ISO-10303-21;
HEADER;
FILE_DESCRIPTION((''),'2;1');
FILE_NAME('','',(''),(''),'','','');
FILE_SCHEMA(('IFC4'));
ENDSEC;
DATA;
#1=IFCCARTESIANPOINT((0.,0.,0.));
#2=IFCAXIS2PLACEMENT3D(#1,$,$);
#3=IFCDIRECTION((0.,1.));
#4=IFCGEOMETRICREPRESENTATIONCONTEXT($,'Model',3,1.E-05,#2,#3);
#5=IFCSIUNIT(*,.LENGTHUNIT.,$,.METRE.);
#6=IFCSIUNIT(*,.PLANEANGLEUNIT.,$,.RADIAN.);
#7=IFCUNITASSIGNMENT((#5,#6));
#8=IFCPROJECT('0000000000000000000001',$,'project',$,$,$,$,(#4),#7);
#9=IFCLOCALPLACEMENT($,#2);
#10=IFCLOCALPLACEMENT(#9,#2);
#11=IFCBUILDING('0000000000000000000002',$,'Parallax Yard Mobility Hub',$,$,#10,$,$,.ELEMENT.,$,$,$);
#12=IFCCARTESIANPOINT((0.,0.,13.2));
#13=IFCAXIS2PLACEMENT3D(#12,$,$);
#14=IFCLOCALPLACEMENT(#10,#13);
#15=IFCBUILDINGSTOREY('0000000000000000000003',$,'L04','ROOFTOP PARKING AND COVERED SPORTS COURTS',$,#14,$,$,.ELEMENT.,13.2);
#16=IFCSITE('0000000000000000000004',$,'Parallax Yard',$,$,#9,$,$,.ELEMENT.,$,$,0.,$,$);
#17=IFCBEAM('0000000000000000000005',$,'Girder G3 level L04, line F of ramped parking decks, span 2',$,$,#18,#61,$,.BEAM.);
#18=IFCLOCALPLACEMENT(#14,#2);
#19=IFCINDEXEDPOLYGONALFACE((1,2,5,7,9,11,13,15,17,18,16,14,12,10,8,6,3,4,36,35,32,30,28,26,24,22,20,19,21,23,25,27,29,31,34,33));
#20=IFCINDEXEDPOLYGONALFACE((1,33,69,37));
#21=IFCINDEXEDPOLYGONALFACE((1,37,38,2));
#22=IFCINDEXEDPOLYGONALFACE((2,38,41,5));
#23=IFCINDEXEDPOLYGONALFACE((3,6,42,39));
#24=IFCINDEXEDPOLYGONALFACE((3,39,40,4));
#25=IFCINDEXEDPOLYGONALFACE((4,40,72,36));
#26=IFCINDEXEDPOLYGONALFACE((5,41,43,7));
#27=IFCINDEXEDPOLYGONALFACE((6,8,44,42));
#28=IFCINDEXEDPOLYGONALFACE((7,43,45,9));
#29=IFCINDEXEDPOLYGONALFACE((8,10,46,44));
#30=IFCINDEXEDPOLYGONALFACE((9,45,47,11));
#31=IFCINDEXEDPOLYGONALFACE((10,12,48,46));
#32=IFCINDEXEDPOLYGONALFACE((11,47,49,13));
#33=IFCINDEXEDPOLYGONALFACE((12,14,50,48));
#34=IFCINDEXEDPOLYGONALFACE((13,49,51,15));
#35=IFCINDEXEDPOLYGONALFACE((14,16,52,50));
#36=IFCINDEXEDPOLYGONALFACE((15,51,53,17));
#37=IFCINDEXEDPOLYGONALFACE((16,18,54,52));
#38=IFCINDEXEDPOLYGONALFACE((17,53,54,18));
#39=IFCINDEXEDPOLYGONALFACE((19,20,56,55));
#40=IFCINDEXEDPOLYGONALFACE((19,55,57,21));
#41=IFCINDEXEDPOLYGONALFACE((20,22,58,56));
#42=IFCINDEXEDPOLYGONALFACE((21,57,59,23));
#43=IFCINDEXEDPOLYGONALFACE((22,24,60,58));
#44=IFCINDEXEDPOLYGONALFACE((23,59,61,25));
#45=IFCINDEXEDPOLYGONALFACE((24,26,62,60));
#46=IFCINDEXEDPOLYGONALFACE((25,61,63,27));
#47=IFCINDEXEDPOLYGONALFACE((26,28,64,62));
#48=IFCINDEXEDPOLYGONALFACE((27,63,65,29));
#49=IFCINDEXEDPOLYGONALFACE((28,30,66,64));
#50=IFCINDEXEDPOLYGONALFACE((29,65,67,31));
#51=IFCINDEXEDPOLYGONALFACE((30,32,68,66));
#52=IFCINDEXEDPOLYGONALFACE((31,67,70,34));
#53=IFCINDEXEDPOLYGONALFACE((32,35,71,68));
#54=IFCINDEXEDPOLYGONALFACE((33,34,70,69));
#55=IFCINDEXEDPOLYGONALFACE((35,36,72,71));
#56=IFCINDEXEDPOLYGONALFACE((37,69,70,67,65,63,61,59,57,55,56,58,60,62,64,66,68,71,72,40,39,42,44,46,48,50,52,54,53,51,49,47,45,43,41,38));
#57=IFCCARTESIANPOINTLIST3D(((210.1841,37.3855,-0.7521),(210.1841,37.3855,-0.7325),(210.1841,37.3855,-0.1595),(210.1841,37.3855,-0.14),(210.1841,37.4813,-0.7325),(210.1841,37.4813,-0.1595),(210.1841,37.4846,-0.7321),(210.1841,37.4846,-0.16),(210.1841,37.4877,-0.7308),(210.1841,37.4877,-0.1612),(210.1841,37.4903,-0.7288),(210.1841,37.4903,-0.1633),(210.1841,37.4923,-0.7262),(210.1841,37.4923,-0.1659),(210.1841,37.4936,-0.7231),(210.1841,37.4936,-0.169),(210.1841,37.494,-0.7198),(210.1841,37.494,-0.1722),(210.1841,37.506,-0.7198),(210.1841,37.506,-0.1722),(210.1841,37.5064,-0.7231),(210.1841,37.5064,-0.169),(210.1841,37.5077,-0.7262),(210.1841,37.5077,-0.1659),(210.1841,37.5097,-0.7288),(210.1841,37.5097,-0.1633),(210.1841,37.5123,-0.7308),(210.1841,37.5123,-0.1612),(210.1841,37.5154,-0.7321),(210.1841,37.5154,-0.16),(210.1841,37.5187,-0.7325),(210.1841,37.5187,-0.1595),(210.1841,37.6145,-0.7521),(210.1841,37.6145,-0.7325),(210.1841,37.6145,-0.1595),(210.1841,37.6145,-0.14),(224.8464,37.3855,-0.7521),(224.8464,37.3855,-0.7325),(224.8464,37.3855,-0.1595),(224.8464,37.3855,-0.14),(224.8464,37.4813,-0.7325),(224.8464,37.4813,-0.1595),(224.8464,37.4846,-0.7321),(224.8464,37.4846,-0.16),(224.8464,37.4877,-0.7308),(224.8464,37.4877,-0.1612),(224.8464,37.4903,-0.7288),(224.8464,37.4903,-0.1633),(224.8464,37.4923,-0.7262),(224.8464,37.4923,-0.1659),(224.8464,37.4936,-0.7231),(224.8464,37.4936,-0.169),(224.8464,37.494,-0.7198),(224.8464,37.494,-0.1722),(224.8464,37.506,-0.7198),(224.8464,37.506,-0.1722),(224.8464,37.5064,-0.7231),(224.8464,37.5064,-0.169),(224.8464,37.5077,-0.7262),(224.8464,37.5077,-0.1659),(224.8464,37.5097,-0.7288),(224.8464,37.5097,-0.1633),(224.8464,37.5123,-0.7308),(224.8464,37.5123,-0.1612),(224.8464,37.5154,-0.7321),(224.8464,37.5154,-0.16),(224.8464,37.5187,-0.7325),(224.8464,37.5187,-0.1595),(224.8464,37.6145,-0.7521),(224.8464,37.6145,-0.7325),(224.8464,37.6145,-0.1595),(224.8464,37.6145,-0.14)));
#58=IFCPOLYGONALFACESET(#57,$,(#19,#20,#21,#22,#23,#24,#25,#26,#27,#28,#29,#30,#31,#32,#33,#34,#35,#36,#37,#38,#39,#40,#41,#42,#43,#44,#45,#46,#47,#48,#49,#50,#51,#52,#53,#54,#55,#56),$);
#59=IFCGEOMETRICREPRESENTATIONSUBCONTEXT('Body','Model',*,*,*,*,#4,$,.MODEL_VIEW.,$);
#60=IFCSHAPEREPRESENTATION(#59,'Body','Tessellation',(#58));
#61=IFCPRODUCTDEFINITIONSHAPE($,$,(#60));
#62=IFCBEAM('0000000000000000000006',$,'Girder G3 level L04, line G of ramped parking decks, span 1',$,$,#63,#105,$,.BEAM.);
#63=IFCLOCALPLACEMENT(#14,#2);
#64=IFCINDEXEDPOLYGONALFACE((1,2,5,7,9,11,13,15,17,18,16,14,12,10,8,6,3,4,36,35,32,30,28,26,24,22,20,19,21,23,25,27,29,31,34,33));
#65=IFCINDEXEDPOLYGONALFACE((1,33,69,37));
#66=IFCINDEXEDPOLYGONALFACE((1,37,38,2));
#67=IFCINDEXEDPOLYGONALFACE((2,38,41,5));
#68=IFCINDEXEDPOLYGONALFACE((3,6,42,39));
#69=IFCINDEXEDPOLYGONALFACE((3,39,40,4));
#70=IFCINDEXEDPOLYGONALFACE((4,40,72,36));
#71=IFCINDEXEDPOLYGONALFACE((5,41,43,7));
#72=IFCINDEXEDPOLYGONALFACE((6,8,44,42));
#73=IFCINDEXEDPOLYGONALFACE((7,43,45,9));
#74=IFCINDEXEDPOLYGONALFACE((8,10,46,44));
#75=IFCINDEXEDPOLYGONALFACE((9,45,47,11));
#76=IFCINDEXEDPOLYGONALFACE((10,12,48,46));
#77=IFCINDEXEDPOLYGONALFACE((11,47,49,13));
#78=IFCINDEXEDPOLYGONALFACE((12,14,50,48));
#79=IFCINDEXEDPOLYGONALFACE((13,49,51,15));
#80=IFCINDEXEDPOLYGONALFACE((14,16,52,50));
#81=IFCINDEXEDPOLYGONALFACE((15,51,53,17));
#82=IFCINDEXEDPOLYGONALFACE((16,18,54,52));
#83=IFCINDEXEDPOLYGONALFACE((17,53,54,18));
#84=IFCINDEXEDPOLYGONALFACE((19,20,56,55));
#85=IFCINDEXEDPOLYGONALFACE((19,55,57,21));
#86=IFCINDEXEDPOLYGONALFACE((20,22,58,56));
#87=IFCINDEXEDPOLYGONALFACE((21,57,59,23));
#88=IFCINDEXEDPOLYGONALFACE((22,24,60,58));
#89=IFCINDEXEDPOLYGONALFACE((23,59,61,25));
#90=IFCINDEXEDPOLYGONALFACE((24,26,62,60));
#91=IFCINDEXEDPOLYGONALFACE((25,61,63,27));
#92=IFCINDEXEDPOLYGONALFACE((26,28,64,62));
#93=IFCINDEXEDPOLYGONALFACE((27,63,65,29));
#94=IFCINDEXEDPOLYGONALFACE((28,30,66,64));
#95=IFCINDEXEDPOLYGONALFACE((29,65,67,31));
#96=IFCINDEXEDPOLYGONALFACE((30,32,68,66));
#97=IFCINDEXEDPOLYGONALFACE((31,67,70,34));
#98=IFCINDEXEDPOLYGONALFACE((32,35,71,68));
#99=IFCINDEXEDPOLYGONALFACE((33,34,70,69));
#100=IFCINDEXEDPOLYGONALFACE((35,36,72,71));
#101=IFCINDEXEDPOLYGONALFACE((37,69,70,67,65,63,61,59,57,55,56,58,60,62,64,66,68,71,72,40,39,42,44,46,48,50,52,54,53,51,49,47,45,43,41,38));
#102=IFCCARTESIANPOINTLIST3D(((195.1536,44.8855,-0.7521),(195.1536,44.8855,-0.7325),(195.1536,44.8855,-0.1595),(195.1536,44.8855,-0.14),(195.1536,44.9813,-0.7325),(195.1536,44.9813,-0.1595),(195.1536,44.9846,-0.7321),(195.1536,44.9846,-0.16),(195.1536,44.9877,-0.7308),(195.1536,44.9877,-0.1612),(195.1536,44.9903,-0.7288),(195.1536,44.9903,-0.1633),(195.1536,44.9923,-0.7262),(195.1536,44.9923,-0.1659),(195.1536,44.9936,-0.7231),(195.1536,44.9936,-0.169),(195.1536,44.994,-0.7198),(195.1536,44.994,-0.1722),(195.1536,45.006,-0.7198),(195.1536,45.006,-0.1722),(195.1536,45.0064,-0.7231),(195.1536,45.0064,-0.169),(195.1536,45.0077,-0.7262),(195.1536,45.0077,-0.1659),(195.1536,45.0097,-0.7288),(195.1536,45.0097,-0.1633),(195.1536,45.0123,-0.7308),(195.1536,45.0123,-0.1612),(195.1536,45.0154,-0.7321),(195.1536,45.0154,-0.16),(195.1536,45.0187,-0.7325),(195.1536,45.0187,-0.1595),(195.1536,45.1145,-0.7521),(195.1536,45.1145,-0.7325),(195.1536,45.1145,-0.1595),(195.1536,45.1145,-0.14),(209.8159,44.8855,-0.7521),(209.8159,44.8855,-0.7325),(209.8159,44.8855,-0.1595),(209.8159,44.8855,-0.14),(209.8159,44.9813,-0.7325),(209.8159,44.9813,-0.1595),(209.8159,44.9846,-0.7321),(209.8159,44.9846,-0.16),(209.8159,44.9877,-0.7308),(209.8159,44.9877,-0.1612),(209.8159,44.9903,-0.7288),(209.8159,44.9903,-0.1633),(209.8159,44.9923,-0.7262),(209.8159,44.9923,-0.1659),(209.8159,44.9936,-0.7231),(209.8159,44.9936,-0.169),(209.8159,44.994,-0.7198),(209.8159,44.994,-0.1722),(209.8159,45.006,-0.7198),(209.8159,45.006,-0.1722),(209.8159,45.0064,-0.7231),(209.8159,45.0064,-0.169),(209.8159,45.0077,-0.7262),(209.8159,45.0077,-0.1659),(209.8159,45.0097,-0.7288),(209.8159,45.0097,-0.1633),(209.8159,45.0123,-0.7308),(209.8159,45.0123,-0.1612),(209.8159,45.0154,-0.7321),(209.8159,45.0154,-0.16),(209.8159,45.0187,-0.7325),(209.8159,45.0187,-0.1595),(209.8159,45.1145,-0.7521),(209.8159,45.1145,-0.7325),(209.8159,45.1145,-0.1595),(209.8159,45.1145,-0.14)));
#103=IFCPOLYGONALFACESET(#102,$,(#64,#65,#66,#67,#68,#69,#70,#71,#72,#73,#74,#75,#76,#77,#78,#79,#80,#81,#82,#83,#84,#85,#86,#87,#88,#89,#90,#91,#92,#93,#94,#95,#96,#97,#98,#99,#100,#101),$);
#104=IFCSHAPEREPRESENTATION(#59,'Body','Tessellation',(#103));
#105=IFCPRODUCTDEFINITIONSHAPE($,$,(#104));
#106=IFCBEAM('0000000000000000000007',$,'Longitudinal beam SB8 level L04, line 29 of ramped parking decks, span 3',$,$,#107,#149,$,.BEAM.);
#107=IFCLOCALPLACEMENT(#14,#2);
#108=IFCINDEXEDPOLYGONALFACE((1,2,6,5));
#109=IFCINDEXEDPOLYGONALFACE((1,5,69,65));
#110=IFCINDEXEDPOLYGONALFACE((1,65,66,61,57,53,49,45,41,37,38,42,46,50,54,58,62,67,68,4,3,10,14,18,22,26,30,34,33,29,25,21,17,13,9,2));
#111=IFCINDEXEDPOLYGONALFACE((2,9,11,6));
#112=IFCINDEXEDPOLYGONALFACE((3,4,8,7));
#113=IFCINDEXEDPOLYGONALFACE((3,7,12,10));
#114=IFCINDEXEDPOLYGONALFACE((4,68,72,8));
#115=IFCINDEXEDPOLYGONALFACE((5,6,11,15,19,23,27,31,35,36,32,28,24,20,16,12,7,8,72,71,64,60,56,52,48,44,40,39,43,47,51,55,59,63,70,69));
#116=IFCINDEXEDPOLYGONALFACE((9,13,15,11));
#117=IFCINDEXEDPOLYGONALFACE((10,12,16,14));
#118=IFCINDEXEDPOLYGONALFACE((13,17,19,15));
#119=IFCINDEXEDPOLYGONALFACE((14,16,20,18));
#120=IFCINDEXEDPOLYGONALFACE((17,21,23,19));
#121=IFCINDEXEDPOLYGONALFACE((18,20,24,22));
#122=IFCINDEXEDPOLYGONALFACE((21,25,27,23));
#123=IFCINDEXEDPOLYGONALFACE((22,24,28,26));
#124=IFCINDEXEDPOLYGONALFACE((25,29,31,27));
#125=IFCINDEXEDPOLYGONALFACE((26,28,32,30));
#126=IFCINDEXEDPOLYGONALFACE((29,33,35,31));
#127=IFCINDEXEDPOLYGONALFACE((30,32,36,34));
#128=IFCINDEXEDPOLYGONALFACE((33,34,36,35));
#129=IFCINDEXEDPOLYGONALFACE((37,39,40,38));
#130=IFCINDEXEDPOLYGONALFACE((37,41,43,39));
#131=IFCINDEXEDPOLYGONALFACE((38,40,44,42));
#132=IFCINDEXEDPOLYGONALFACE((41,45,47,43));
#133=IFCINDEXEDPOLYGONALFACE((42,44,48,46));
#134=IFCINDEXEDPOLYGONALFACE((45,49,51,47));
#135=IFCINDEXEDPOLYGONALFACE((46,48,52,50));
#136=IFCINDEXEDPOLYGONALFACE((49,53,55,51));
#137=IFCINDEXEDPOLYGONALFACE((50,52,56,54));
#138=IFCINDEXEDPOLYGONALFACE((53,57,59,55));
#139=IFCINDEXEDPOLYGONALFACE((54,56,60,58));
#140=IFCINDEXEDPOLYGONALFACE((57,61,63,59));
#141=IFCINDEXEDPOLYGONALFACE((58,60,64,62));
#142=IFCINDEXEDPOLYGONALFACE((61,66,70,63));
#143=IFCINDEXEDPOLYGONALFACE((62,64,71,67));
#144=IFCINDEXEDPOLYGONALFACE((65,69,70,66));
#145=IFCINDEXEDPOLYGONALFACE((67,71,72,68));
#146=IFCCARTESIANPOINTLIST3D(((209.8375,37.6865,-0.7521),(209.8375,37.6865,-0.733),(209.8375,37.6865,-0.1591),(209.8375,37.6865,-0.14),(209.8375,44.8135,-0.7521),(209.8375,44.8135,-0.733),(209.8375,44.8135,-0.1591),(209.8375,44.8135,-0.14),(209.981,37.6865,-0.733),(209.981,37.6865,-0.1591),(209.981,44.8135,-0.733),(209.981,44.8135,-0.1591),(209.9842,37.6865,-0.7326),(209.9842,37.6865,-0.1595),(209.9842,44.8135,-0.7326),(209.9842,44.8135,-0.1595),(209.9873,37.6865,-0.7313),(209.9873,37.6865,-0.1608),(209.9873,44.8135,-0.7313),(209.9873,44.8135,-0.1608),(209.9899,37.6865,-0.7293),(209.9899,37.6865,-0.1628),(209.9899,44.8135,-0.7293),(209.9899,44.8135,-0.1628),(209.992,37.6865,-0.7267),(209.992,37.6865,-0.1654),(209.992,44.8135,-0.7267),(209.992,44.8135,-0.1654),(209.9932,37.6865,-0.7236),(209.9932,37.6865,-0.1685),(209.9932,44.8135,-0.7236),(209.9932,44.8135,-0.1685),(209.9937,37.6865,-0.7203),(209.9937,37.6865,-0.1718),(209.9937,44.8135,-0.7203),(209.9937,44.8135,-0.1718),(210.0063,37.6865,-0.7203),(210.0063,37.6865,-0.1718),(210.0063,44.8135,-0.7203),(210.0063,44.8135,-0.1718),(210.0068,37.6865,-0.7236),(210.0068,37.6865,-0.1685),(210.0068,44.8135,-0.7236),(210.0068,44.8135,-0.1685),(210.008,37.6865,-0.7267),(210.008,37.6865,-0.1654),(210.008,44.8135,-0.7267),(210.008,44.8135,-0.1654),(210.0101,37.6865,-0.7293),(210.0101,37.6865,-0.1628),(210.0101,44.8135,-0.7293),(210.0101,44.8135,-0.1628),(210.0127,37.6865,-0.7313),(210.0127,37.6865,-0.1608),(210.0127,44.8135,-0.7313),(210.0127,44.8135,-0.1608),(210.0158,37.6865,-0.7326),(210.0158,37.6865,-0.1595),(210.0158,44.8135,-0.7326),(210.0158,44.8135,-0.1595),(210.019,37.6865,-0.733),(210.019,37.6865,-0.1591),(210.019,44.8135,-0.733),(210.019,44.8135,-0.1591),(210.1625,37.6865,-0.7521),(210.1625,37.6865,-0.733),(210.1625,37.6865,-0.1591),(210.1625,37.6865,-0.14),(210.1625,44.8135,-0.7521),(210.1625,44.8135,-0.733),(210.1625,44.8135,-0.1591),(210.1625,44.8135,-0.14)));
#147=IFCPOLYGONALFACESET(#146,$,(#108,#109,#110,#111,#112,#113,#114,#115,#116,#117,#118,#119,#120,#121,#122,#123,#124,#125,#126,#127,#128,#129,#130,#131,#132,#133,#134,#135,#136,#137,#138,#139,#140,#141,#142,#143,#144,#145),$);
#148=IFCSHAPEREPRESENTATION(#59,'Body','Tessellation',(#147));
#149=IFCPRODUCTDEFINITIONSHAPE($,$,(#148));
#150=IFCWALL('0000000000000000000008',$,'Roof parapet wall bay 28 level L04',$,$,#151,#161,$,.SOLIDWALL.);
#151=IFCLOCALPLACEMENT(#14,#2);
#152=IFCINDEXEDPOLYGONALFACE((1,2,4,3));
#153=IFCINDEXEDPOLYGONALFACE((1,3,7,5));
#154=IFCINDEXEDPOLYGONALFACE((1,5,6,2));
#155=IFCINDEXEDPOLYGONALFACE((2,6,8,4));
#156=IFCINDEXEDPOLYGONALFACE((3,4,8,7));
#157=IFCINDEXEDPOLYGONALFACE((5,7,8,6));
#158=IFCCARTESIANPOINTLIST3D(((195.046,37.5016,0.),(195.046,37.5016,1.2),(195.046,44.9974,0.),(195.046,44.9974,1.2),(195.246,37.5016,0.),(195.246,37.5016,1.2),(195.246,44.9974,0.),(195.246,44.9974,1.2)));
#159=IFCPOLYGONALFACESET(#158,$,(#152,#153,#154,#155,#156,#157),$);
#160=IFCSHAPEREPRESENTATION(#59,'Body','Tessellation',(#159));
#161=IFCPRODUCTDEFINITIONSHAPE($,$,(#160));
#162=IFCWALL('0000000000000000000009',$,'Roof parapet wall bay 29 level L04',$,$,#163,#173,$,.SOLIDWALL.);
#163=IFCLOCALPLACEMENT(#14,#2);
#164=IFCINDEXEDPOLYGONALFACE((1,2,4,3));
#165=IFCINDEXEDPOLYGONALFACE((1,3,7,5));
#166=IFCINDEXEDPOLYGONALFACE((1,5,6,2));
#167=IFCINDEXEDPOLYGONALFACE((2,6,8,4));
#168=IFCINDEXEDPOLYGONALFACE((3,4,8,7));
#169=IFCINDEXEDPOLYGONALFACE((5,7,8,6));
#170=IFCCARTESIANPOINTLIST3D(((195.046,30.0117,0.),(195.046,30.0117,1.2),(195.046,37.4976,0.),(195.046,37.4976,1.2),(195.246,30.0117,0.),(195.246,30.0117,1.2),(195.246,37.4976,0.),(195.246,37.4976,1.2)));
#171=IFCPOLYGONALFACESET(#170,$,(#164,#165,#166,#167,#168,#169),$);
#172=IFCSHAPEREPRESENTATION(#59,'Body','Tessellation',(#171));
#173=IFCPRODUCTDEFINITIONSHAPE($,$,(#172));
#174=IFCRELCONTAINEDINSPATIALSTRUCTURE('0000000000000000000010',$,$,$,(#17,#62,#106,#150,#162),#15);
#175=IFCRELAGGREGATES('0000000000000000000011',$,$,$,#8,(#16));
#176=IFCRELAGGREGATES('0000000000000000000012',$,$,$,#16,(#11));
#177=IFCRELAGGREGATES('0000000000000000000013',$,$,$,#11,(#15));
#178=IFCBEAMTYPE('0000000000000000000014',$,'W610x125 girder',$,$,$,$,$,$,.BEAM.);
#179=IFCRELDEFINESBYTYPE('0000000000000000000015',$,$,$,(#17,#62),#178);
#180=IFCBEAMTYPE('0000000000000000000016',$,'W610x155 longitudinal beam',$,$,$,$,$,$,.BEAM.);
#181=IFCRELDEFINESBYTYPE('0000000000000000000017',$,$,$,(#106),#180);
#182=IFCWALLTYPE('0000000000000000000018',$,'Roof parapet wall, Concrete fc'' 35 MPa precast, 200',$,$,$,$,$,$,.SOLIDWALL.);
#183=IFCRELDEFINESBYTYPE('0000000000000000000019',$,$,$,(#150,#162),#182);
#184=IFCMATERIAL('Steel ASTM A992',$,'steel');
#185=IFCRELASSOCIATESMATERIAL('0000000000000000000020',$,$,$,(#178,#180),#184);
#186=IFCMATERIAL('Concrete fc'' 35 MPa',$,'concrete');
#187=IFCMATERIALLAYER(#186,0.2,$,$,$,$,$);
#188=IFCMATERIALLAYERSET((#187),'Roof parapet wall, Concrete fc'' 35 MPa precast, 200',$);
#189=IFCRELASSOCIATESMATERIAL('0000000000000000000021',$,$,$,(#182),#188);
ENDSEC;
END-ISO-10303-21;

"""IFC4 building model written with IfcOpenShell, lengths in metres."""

from ifc_helpers import new_model, si_unit, direction, frame, frame_2d, origin, origin_2d, place, context, subcontext, project, spatial, rectangle, i_section, extrude, material, layer, layer_set, material_profile, profile_set, type_object, element, save


model = new_model("IFC4")

# Units and contexts
model_context = context("Model", 3, precision=1e-05, world=origin(), true_north=direction((0.0, 1.0)))
body_context = subcontext(model_context, "Body", "Model", "MODEL_VIEW")
ifc_project = project(units=[si_unit("LENGTHUNIT", "METRE"), si_unit("PLANEANGLEUNIT", "RADIAN")], contexts=[model_context])

# Site, building, storey
site_placement = place(None, origin())
site = spatial("IfcSite", under=ifc_project, at=site_placement, Name="Parallax Yard", CompositionType="ELEMENT", RefElevation=0.0)
building_placement = place(site_placement, origin())
building = spatial("IfcBuilding", under=site, at=building_placement, Name="Parallax Yard Mobility Hub", CompositionType="ELEMENT")
storey_placement = place(building_placement, frame((0.0, 0.0, 13.2)))
storey = spatial("IfcBuildingStorey", under=building, at=storey_placement, Name="L04", Description="ROOFTOP PARKING AND COVERED SPORTS COURTS", CompositionType="ELEMENT", Elevation=13.2)

# Shared definitions
ifc_material_1 = material(Name="Steel ASTM A992", Category="steel")

# Beams
ifc_material_profile_1 = material_profile(ifc_material_1, i_section(OverallWidth=0.229, OverallDepth=0.6121, WebThickness=0.012, FlangeThickness=0.0195, FilletRadius=0.0127, at=origin_2d()), Name="W610x125")
ifc_profile_set_1 = profile_set([ifc_material_profile_1], Name="Steel ASTM A992")
beam_type_1 = type_object("IfcBeamType", Name="W610x125 girder", PredefinedType="BEAM", material=ifc_profile_set_1)
for number, where, z_axis, x_axis, name in (
    (1, (210.1841, 37.5, -0.446), (1.0, 0.0, 0.0), (0.0, 1.0, 0.0), "Girder G3 level L04, line F of ramped parking decks, span 2"),
    (2, (195.1536, 45.0, -0.446), (1.0, 0.0, 0.0), (0.0, 1.0, 0.0), "Girder G3 level L04, line G of ramped parking decks, span 1"),
):
    element("IfcBeam", number, at=place(storey_placement, frame(where, z_axis=z_axis, x_axis=x_axis)), inside=storey, type_object=beam_type_1, Name=name, PredefinedType="BEAM", context=body_context, shape_type="SweptSolid", body=[
        extrude(i_section(OverallWidth=0.229, OverallDepth=0.6121, WebThickness=0.012, FlangeThickness=0.0195, FilletRadius=0.0127, at=origin_2d()), origin(), (0.0, 0.0, 1.0), 14.6624),
    ])
ifc_material_profile_2 = material_profile(ifc_material_1, i_section(OverallWidth=0.325, OverallDepth=0.6121, WebThickness=0.0127, FlangeThickness=0.019, FilletRadius=0.0127, at=origin_2d()), Name="W610x155")
ifc_profile_set_2 = profile_set([ifc_material_profile_2], Name="Steel ASTM A992")
beam_type_2 = type_object("IfcBeamType", Name="W610x155 longitudinal beam", PredefinedType="BEAM", material=ifc_profile_set_2)
beam_1_placement = place(storey_placement, frame((210.0, 37.6865, -0.446), z_axis=(0.0, 1.0, 0.0), x_axis=(-1.0, 0.0, 0.0)))
element("IfcBeam", 3, at=beam_1_placement, inside=storey, type_object=beam_type_2, Name="Longitudinal beam SB8 level L04, line 29 of ramped parking decks, span 3", PredefinedType="BEAM", context=body_context, shape_type="SweptSolid", body=[
    extrude(i_section(OverallWidth=0.325, OverallDepth=0.6121, WebThickness=0.0127, FlangeThickness=0.019, FilletRadius=0.0127, at=origin_2d()), origin(), (0.0, 0.0, 1.0), 7.127),
])

# Walls
ifc_material_2 = material(Name="Concrete fc' 35 MPa", Category="concrete")
ifc_layer = layer(ifc_material_2, 0.2)
ifc_layer_set = layer_set([ifc_layer], Name="Roof parapet wall, Concrete fc' 35 MPa precast, 200")
wall_type = type_object("IfcWallType", Name="Roof parapet wall, Concrete fc' 35 MPa precast, 200", PredefinedType="SOLIDWALL", material=ifc_layer_set)
wall_1_placement = place(storey_placement, frame((195.146, 44.9976, 0.0), z_axis=(0.0, 0.0, 1.0), x_axis=(0.0, -1.0, 0.0)))
element("IfcWall", 4, at=wall_1_placement, inside=storey, type_object=wall_type, Name="Roof parapet wall bay 28 level L04", PredefinedType="SOLIDWALL", context=body_context, shape_type="SweptSolid", body=[
    extrude(rectangle(XDim=7.4958, YDim=0.2, at=frame_2d((3.748, 0.0))), origin(), (0.0, 0.0, 1.0), 1.2),
])
wall_2_placement = place(storey_placement, frame((195.146, 37.4976, 0.0), z_axis=(0.0, 0.0, 1.0), x_axis=(0.0, -1.0, 0.0)))
element("IfcWall", 5, at=wall_2_placement, inside=storey, type_object=wall_type, Name="Roof parapet wall bay 29 level L04", PredefinedType="SOLIDWALL", context=body_context, shape_type="SweptSolid", body=[
    extrude(rectangle(XDim=7.4858, YDim=0.2, at=frame_2d((3.7429, 0.0))), origin(), (0.0, 0.0, 1.0), 1.2),
])

save(model, "model.ifc")
